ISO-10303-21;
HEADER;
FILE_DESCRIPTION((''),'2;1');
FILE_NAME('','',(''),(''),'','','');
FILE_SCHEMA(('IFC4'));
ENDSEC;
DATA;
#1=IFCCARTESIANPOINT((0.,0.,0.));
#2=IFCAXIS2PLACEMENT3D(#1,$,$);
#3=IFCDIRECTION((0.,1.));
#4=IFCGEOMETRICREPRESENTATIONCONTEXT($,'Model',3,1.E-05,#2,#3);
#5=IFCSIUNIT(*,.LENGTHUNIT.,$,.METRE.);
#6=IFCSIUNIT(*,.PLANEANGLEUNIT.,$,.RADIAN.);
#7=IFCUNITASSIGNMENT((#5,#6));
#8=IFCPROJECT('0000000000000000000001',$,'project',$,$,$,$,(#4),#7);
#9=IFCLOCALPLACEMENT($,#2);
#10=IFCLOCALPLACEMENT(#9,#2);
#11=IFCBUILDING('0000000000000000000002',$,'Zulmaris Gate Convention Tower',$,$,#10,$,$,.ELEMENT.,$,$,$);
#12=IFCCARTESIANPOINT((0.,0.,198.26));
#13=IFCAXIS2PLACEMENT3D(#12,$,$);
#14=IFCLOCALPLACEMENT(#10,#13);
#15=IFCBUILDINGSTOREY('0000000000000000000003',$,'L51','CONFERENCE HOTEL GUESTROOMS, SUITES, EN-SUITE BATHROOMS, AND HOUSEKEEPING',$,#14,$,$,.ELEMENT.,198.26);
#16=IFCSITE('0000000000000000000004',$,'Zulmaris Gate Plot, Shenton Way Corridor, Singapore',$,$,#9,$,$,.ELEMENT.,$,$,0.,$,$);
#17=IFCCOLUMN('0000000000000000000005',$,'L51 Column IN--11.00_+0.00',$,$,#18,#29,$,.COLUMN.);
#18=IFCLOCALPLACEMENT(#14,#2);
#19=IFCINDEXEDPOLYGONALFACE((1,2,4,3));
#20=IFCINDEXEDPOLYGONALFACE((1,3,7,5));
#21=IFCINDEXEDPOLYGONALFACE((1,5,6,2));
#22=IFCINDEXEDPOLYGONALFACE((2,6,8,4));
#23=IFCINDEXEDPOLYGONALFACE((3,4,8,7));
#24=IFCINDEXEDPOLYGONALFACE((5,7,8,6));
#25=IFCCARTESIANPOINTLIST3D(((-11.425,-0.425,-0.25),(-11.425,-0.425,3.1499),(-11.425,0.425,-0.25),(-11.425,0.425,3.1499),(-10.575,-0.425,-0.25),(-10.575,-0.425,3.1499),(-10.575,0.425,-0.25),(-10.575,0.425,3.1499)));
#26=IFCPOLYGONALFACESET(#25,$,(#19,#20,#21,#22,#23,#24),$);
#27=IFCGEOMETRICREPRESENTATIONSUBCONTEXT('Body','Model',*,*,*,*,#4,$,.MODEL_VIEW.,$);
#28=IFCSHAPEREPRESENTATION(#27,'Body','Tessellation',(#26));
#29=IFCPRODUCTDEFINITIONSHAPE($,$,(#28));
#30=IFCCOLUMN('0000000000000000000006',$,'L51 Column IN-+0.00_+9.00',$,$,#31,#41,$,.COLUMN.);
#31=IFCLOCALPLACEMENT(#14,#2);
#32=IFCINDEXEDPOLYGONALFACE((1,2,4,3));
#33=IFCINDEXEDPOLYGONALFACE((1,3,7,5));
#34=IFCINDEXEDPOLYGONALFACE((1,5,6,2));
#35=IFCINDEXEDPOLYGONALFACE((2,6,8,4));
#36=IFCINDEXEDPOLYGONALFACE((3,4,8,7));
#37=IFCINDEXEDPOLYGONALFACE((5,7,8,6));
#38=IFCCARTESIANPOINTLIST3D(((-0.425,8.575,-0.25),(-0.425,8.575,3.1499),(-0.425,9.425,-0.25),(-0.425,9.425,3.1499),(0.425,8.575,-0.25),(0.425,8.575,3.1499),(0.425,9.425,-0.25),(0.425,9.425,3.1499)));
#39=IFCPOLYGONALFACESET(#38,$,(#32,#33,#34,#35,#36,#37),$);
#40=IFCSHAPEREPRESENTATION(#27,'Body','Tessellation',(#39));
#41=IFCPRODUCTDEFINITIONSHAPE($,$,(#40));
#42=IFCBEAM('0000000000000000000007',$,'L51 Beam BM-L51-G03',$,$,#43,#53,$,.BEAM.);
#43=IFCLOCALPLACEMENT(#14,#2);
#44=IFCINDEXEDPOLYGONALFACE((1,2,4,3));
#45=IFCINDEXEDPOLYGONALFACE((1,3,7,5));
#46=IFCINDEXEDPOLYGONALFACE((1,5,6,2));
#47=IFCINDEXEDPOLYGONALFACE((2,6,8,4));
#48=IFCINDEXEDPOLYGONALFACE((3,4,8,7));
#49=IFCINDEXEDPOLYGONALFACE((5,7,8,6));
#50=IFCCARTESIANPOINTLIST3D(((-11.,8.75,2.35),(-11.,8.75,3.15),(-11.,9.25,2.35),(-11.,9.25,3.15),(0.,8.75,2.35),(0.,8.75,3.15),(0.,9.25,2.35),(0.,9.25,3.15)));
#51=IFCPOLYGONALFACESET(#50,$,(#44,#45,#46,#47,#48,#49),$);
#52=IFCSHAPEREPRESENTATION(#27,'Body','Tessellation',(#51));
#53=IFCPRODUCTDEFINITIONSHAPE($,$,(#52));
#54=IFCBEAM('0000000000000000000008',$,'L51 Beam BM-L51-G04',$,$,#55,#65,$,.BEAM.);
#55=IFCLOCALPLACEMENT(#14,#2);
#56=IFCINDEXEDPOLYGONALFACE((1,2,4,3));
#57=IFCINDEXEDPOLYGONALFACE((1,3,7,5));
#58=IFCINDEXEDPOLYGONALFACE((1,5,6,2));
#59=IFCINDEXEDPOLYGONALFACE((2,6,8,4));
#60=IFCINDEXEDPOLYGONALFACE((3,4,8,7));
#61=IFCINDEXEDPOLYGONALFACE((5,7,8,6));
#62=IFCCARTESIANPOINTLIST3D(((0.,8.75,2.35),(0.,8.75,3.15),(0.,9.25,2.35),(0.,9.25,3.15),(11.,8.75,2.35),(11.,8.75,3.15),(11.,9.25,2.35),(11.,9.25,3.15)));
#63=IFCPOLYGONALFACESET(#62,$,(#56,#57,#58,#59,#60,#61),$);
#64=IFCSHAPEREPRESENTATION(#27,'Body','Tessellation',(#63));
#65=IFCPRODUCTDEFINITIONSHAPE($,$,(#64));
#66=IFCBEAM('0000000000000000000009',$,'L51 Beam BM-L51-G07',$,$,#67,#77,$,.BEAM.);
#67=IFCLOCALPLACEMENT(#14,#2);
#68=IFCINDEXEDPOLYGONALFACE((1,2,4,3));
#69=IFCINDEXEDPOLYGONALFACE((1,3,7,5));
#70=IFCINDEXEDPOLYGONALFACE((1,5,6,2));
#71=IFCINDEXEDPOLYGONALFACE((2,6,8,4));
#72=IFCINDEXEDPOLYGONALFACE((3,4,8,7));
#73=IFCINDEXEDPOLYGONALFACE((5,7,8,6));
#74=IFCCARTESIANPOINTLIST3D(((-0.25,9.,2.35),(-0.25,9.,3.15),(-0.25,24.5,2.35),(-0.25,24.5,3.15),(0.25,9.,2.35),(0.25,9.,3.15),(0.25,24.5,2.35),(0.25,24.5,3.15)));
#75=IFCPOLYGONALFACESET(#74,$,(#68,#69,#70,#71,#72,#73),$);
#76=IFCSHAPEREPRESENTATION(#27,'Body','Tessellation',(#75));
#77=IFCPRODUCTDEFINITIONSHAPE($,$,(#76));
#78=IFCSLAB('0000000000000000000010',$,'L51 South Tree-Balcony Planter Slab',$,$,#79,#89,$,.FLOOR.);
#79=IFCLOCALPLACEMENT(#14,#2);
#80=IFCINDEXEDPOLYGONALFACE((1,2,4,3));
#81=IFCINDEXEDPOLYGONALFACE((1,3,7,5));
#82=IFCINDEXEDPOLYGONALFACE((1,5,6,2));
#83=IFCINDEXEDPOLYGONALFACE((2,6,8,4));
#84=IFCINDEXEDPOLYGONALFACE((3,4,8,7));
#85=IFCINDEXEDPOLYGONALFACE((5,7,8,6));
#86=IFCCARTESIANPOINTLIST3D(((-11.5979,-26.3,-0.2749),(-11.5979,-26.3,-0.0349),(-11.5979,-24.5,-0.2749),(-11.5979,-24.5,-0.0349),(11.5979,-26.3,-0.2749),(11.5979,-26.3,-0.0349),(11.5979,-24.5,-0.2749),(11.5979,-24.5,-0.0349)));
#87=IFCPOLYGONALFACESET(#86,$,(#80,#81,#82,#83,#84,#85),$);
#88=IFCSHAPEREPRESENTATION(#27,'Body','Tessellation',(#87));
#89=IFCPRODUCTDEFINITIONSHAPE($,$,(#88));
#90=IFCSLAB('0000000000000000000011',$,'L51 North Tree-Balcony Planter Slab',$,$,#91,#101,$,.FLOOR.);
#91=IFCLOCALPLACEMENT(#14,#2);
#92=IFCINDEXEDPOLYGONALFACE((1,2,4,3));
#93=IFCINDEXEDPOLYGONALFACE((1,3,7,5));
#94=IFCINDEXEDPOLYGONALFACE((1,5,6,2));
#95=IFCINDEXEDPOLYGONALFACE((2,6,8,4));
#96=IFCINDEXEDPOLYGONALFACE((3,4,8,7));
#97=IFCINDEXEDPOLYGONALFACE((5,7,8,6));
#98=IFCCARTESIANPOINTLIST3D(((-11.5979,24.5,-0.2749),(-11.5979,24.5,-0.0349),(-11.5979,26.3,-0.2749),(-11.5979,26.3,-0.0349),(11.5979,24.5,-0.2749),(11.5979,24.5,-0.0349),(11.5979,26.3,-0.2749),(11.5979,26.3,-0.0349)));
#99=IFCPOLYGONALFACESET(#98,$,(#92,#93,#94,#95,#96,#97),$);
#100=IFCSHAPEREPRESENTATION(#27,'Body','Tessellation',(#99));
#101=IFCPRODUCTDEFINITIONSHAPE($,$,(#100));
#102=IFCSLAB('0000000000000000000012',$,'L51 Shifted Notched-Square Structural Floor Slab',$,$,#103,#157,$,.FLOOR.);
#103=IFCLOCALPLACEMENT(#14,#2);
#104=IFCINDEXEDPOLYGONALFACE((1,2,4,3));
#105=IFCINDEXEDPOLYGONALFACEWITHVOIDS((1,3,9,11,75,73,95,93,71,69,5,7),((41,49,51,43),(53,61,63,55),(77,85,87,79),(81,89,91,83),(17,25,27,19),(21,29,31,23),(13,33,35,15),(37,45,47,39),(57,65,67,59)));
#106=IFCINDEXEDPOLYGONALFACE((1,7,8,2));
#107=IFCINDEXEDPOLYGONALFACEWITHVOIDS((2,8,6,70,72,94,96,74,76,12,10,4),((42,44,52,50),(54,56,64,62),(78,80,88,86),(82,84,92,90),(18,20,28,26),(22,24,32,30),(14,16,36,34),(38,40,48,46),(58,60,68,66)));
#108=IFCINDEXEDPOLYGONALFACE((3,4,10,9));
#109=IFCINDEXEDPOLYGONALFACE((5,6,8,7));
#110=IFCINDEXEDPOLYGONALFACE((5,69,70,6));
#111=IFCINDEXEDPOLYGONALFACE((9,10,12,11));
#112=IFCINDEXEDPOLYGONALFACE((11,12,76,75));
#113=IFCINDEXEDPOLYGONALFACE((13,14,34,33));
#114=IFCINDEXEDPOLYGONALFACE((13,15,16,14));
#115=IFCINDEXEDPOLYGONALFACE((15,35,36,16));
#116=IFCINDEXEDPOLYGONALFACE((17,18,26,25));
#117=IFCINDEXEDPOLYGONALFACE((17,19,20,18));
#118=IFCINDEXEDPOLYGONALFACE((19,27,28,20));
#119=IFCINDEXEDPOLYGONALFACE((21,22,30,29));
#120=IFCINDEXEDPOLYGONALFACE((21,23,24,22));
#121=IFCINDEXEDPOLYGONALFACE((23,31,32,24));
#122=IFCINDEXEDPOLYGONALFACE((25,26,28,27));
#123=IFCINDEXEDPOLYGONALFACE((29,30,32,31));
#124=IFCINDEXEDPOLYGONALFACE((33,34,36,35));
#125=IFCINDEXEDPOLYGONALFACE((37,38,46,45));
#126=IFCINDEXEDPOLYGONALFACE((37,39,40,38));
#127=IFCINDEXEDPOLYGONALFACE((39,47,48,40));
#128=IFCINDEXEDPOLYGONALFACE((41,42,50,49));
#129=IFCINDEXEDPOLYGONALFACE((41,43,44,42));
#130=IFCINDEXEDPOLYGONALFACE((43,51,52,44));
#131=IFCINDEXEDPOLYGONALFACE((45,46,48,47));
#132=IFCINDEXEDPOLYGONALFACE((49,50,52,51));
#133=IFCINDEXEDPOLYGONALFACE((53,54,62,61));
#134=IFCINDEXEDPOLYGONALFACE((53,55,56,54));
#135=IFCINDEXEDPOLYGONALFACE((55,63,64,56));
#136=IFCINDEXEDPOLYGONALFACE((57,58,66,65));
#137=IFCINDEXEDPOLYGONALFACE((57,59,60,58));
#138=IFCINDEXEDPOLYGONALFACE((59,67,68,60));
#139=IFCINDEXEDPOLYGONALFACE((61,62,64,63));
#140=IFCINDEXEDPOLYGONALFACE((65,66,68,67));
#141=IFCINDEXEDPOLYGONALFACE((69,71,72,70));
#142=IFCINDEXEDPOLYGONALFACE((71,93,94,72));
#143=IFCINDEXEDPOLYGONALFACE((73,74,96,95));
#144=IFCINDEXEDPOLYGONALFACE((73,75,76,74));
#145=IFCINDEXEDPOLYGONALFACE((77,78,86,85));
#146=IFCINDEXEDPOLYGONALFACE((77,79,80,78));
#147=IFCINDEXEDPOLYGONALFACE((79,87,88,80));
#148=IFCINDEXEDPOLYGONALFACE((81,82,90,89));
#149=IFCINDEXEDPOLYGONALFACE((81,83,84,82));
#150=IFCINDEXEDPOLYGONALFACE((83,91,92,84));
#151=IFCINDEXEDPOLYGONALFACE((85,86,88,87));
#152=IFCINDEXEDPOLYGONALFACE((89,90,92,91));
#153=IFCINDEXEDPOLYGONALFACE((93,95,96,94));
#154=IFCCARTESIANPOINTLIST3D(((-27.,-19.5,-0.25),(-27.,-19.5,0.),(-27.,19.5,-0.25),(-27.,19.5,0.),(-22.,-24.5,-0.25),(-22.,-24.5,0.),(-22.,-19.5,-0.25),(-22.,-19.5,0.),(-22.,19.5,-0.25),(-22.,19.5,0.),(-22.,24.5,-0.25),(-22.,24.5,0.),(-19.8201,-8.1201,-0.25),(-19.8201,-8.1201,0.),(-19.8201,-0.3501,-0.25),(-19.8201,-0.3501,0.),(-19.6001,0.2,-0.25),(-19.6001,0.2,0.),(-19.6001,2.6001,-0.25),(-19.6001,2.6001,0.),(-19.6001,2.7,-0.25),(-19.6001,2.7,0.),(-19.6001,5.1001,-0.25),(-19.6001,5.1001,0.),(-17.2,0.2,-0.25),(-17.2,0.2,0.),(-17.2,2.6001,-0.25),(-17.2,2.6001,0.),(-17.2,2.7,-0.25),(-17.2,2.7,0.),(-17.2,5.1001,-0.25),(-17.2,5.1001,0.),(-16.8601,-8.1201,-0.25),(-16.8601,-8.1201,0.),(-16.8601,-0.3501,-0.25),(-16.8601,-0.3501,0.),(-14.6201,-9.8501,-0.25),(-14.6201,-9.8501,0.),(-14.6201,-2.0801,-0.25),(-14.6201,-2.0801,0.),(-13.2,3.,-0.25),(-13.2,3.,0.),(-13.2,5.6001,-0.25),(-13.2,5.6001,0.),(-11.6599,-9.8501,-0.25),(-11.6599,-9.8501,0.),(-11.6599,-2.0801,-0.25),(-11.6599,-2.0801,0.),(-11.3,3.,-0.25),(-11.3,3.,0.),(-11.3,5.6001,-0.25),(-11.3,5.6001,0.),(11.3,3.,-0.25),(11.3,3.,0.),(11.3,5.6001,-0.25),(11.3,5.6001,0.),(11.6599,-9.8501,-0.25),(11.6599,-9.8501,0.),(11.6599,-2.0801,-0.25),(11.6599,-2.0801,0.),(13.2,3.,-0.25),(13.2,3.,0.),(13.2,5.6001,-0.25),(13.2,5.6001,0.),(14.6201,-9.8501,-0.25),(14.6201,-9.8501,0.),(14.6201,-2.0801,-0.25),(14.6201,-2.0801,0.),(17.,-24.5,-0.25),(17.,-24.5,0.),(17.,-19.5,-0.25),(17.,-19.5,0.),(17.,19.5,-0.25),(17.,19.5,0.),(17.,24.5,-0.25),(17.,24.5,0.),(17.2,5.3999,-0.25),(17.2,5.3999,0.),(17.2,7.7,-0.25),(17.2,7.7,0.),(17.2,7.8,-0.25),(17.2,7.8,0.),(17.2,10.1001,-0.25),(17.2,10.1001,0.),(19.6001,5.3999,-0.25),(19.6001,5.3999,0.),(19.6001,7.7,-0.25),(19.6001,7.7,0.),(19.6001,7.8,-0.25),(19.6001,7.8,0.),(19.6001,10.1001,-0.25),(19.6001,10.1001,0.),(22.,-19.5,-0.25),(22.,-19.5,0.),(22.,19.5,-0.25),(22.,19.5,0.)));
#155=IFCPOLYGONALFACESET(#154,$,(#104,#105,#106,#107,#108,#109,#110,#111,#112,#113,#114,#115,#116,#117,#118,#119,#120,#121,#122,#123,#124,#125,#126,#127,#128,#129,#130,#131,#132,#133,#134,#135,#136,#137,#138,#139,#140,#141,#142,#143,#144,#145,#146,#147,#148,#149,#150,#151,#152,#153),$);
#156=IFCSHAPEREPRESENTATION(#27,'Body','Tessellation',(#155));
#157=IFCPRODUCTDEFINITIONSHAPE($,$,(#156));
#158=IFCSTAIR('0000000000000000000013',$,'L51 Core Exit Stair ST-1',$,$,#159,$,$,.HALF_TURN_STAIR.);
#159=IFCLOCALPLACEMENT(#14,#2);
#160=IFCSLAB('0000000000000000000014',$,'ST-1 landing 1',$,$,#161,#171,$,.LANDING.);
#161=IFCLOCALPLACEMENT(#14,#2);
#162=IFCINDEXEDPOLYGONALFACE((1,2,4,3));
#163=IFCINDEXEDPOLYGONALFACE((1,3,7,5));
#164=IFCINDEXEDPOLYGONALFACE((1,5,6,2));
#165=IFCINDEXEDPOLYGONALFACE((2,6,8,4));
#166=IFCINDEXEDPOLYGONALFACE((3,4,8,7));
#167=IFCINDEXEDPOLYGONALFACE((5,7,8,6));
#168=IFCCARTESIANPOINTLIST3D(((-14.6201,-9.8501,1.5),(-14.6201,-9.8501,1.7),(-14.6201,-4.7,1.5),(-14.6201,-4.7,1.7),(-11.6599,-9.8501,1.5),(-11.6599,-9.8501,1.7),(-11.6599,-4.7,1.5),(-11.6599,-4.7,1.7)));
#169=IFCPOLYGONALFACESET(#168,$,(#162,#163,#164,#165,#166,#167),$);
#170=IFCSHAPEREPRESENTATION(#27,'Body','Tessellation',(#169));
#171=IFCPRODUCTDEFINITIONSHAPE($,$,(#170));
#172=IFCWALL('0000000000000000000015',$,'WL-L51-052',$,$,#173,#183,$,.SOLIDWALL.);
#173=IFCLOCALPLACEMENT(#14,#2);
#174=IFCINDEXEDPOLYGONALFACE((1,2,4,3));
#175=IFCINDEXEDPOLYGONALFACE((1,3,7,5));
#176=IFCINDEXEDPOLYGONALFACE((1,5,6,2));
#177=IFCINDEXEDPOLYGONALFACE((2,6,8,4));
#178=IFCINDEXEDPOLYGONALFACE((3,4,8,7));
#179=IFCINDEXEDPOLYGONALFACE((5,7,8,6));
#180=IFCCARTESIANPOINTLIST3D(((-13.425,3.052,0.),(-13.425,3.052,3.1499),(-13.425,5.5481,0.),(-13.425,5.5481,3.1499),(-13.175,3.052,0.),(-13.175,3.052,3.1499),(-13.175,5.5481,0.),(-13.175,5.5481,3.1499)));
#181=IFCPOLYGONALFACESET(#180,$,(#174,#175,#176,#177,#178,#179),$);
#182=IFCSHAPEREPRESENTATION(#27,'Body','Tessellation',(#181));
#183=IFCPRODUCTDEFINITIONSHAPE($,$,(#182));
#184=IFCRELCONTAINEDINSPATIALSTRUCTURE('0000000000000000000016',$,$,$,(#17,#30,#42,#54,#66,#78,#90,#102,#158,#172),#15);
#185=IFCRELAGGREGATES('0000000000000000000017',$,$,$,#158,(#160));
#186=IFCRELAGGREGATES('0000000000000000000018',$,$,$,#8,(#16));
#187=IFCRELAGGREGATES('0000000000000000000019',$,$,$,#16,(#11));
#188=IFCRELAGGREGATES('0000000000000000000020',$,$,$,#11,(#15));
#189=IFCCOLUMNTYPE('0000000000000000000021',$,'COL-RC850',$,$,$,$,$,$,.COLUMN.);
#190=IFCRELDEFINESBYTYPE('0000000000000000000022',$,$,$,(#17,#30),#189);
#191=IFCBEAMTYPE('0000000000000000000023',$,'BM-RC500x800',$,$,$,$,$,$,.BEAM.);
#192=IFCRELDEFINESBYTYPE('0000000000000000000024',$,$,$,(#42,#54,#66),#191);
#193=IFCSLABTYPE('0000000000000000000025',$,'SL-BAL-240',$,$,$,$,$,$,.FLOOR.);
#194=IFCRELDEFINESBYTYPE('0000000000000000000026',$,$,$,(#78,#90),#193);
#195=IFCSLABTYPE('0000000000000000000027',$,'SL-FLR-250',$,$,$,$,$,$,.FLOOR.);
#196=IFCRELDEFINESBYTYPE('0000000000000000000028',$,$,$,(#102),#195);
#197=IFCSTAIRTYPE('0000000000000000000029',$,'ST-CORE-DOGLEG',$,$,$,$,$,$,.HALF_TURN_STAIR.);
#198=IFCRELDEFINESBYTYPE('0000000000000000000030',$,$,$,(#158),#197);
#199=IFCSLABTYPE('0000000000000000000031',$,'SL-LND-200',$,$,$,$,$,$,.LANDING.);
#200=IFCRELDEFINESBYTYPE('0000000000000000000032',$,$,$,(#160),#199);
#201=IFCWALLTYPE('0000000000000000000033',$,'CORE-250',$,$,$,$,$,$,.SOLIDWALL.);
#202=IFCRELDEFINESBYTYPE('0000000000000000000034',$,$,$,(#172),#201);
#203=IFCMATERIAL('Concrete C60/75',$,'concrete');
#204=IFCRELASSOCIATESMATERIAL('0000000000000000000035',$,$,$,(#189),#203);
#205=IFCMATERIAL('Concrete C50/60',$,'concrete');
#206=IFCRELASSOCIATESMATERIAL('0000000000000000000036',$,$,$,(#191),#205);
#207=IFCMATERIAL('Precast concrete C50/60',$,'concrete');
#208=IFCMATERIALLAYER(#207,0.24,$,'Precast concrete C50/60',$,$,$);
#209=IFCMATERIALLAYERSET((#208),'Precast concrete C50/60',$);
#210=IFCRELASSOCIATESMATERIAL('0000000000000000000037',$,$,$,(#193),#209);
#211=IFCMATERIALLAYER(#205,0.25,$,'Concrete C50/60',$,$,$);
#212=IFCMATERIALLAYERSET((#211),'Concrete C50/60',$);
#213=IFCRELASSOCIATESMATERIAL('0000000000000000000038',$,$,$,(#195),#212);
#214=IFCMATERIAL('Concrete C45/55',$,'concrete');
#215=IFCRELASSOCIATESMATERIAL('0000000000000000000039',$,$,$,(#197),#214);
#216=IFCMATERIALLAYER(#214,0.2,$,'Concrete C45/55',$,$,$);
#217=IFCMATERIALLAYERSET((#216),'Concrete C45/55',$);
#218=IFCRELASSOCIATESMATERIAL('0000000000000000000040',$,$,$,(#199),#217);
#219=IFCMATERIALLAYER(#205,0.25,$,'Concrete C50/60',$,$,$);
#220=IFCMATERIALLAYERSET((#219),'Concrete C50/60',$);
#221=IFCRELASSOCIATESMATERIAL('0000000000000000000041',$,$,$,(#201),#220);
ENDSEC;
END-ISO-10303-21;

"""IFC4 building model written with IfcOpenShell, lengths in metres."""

from ifc_helpers import new_model, si_unit, direction, frame, frame_2d, origin, origin_2d, place, context, subcontext, project, spatial, polyline, rectangle, outline, extrude, material, layer, layer_set, material_profile, profile_set, type_object, element, aggregate, save


model = new_model("IFC4")

# Units and contexts
model_context = context("Model", 3, precision=1e-05, world=origin(), true_north=direction((0.0, 1.0)))
body_context = subcontext(model_context, "Body", "Model", "MODEL_VIEW")
ifc_project = project(units=[si_unit("LENGTHUNIT", "METRE"), si_unit("PLANEANGLEUNIT", "RADIAN")], contexts=[model_context])

# Site, building, storey
site_placement = place(None, origin())
site = spatial("IfcSite", under=ifc_project, at=site_placement, Name="Zulmaris Gate Plot, Shenton Way Corridor, Singapore", CompositionType="ELEMENT", RefElevation=0.0)
building_placement = place(site_placement, origin())
building = spatial("IfcBuilding", under=site, at=building_placement, Name="Zulmaris Gate Convention Tower", CompositionType="ELEMENT")
storey_placement = place(building_placement, frame((0.0, 0.0, 198.26)))
storey = spatial("IfcBuildingStorey", under=building, at=storey_placement, Name="L51", Description="CONFERENCE HOTEL GUESTROOMS, SUITES, EN-SUITE BATHROOMS, AND HOUSEKEEPING", CompositionType="ELEMENT", Elevation=198.26)

# Columns
ifc_material_1 = material(Name="Concrete C60/75", Category="concrete")
ifc_material_profile_1 = material_profile(ifc_material_1, rectangle(XDim=0.8501, YDim=0.8501, at=origin_2d()), Name="RC COL 850x850")
ifc_profile_set_1 = profile_set([ifc_material_profile_1], Name="Concrete C60/75")
column_type = type_object("IfcColumnType", Name="COL-RC850", PredefinedType="COLUMN", material=ifc_profile_set_1)
for number, where, z_axis, x_axis, name in (
    (1, (-11.0, 0.0, -0.25), (0.0, 0.0, 1.0), (1.0, 0.0, 0.0), "L51 Column IN--11.00_+0.00"),
    (2, (0.0, 9.0, -0.25), (0.0, 0.0, 1.0), (1.0, 0.0, 0.0), "L51 Column IN-+0.00_+9.00"),
):
    element("IfcColumn", number, at=place(storey_placement, frame(where, z_axis=z_axis, x_axis=x_axis)), inside=storey, type_object=column_type, Name=name, PredefinedType="COLUMN", context=body_context, shape_type="SweptSolid", body=[
        extrude(rectangle(XDim=0.8501, YDim=0.8501, at=origin_2d()), origin(), (0.0, 0.0, 1.0), 3.3999),
    ])

# Beams
ifc_material_2 = material(Name="Concrete C50/60", Category="concrete")
ifc_material_profile_2 = material_profile(ifc_material_2, rectangle(XDim=0.5, YDim=0.8, at=origin_2d()), Name="RC BEAM 500x800")
ifc_profile_set_2 = profile_set([ifc_material_profile_2], Name="Concrete C50/60")
beam_type = type_object("IfcBeamType", Name="BM-RC500x800", PredefinedType="BEAM", material=ifc_profile_set_2)
for number, where, z_axis, x_axis, name in (
    (3, (-11.0, 9.0, 2.75), (1.0, 0.0, 0.0), (0.0, 1.0, 0.0), "L51 Beam BM-L51-G03"),
    (4, (0.0, 9.0, 2.75), (1.0, 0.0, 0.0), (0.0, 1.0, 0.0), "L51 Beam BM-L51-G04"),
):
    element("IfcBeam", number, at=place(storey_placement, frame(where, z_axis=z_axis, x_axis=x_axis)), inside=storey, type_object=beam_type, Name=name, PredefinedType="BEAM", context=body_context, shape_type="SweptSolid", body=[
        extrude(rectangle(XDim=0.5, YDim=0.8, at=origin_2d()), origin(), (0.0, 0.0, 1.0), 11.0),
    ])
beam_placement = place(storey_placement, frame((0.0, 9.0, 2.75), z_axis=(0.0, 1.0, 0.0), x_axis=(-1.0, 0.0, 0.0)))
element("IfcBeam", 5, at=beam_placement, inside=storey, type_object=beam_type, Name="L51 Beam BM-L51-G07", PredefinedType="BEAM", context=body_context, shape_type="SweptSolid", body=[
    extrude(rectangle(XDim=0.5, YDim=0.8, at=origin_2d()), origin(), (0.0, 0.0, 1.0), 15.5),
])

# Slabs
ifc_material_3 = material(Name="Precast concrete C50/60", Category="concrete")
ifc_layer_1 = layer(ifc_material_3, 0.24, Name="Precast concrete C50/60")
ifc_layer_set_1 = layer_set([ifc_layer_1], Name="Precast concrete C50/60")
slab_type_1 = type_object("IfcSlabType", Name="SL-BAL-240", PredefinedType="FLOOR", material=ifc_layer_set_1)
slab_1_placement = place(storey_placement, frame((0.0, 0.0, -0.2749)))
element("IfcSlab", 6, at=slab_1_placement, inside=storey, type_object=slab_type_1, Name="L51 South Tree-Balcony Planter Slab", PredefinedType="FLOOR", context=body_context, shape_type="SweptSolid", body=[
    extrude(outline(polyline([(-11.5979, -26.3), (-11.5979, -24.5), (11.5979, -24.5), (11.5979, -26.3), (-11.5979, -26.3)])), origin(), (0.0, 0.0, 1.0), 0.24),
])
slab_2_placement = place(storey_placement, frame((0.0, 0.0, -0.2749)))
element("IfcSlab", 7, at=slab_2_placement, inside=storey, type_object=slab_type_1, Name="L51 North Tree-Balcony Planter Slab", PredefinedType="FLOOR", context=body_context, shape_type="SweptSolid", body=[
    extrude(outline(polyline([(11.5979, 26.3), (11.5979, 24.5), (-11.5979, 24.5), (-11.5979, 26.3), (11.5979, 26.3)])), origin(), (0.0, 0.0, 1.0), 0.24),
])
ifc_layer_2 = layer(ifc_material_2, 0.25, Name="Concrete C50/60")
ifc_layer_set_2 = layer_set([ifc_layer_2], Name="Concrete C50/60")
slab_type_2 = type_object("IfcSlabType", Name="SL-FLR-250", PredefinedType="FLOOR", material=ifc_layer_set_2)
slab_3_placement = place(storey_placement, frame((0.0, 0.0, -0.25)))
element("IfcSlab", 8, at=slab_3_placement, inside=storey, type_object=slab_type_2, Name="L51 Shifted Notched-Square Structural Floor Slab", PredefinedType="FLOOR", context=body_context, shape_type="SweptSolid", body=[
    extrude(outline(polyline([(-22.0, -24.5), (17.0, -24.5), (17.0, -19.5), (22.0, -19.5), (22.0, 19.5), (17.0, 19.5), (17.0, 24.5), (-22.0, 24.5), (-22.0, 19.5), (-27.0, 19.5), (-27.0, -19.5), (-22.0, -19.5), (-22.0, -24.5)]), holes=[polyline([(-14.6201, -2.0801), (-14.6201, -9.8501), (-11.6599, -9.8501), (-11.6599, -2.0801), (-14.6201, -2.0801)]), polyline([(11.6599, -2.0801), (11.6599, -9.8501), (14.6201, -9.8501), (14.6201, -2.0801), (11.6599, -2.0801)]), polyline([(-16.8601, -8.1201), (-16.8601, -0.3501), (-19.8201, -0.3501), (-19.8201, -8.1201), (-16.8601, -8.1201)]), polyline([(-13.2, 3.0), (-11.3, 3.0), (-11.3, 5.6001), (-13.2, 5.6001), (-13.2, 3.0)]), polyline([(11.3, 3.0), (13.2, 3.0), (13.2, 5.6001), (11.3, 5.6001), (11.3, 3.0)]), polyline([(17.2, 5.3999), (19.6001, 5.3999), (19.6001, 7.7), (17.2, 7.7), (17.2, 5.3999)]), polyline([(17.2, 7.8), (19.6001, 7.8), (19.6001, 10.1001), (17.2, 10.1001), (17.2, 7.8)]), polyline([(-19.6001, 0.2), (-17.2, 0.2), (-17.2, 2.6001), (-19.6001, 2.6001), (-19.6001, 0.2)]), polyline([(-19.6001, 2.7), (-17.2, 2.7), (-17.2, 5.1001), (-19.6001, 5.1001), (-19.6001, 2.7)])]), origin(), (0.0, 0.0, 1.0), 0.25),
])

# Stair, slab
ifc_material_4 = material(Name="Concrete C45/55", Category="concrete")
stair_type = type_object("IfcStairType", Name="ST-CORE-DOGLEG", PredefinedType="HALF_TURN_STAIR", material=ifc_material_4)
stair_placement = place(storey_placement, origin())
stair = element("IfcStair", 9, at=stair_placement, inside=storey, type_object=stair_type, Name="L51 Core Exit Stair ST-1", PredefinedType="HALF_TURN_STAIR")
ifc_layer_3 = layer(ifc_material_4, 0.2, Name="Concrete C45/55")
ifc_layer_set_3 = layer_set([ifc_layer_3], Name="Concrete C45/55")
slab_type_3 = type_object("IfcSlabType", Name="SL-LND-200", PredefinedType="LANDING", material=ifc_layer_set_3)
slab_4_placement = place(storey_placement, frame((0.0, 0.0, 1.5)))
slab_4 = element("IfcSlab", 10, at=slab_4_placement, type_object=slab_type_3, Name="ST-1 landing 1", PredefinedType="LANDING", context=body_context, shape_type="SweptSolid", body=[
    extrude(outline(polyline([(-14.6201, -4.7), (-14.6201, -9.8501), (-11.6599, -9.8501), (-11.6599, -4.7), (-14.6201, -4.7)])), origin(), (0.0, 0.0, 1.0), 0.2),
])
aggregate(stair, [slab_4])

# Wall
ifc_layer_4 = layer(ifc_material_2, 0.25, Name="Concrete C50/60")
ifc_layer_set_4 = layer_set([ifc_layer_4], Name="Concrete C50/60")
wall_type_1 = type_object("IfcWallType", Name="CORE-250", PredefinedType="SOLIDWALL", material=ifc_layer_set_4)
wall_1_placement = place(storey_placement, frame((-13.3, 3.052, 0.0), z_axis=(0.0, 0.0, 1.0), x_axis=(0.0, 1.0, 0.0)))
element("IfcWall", 11, at=wall_1_placement, inside=storey, type_object=wall_type_1, Name="WL-L51-052", PredefinedType="SOLIDWALL", context=body_context, shape_type="SweptSolid", body=[
    extrude(rectangle(XDim=2.4961, YDim=0.25, at=frame_2d((1.248, 0.0))), origin(), (0.0, 0.0, 1.0), 3.1499),
])

save(model, "model.ifc")
